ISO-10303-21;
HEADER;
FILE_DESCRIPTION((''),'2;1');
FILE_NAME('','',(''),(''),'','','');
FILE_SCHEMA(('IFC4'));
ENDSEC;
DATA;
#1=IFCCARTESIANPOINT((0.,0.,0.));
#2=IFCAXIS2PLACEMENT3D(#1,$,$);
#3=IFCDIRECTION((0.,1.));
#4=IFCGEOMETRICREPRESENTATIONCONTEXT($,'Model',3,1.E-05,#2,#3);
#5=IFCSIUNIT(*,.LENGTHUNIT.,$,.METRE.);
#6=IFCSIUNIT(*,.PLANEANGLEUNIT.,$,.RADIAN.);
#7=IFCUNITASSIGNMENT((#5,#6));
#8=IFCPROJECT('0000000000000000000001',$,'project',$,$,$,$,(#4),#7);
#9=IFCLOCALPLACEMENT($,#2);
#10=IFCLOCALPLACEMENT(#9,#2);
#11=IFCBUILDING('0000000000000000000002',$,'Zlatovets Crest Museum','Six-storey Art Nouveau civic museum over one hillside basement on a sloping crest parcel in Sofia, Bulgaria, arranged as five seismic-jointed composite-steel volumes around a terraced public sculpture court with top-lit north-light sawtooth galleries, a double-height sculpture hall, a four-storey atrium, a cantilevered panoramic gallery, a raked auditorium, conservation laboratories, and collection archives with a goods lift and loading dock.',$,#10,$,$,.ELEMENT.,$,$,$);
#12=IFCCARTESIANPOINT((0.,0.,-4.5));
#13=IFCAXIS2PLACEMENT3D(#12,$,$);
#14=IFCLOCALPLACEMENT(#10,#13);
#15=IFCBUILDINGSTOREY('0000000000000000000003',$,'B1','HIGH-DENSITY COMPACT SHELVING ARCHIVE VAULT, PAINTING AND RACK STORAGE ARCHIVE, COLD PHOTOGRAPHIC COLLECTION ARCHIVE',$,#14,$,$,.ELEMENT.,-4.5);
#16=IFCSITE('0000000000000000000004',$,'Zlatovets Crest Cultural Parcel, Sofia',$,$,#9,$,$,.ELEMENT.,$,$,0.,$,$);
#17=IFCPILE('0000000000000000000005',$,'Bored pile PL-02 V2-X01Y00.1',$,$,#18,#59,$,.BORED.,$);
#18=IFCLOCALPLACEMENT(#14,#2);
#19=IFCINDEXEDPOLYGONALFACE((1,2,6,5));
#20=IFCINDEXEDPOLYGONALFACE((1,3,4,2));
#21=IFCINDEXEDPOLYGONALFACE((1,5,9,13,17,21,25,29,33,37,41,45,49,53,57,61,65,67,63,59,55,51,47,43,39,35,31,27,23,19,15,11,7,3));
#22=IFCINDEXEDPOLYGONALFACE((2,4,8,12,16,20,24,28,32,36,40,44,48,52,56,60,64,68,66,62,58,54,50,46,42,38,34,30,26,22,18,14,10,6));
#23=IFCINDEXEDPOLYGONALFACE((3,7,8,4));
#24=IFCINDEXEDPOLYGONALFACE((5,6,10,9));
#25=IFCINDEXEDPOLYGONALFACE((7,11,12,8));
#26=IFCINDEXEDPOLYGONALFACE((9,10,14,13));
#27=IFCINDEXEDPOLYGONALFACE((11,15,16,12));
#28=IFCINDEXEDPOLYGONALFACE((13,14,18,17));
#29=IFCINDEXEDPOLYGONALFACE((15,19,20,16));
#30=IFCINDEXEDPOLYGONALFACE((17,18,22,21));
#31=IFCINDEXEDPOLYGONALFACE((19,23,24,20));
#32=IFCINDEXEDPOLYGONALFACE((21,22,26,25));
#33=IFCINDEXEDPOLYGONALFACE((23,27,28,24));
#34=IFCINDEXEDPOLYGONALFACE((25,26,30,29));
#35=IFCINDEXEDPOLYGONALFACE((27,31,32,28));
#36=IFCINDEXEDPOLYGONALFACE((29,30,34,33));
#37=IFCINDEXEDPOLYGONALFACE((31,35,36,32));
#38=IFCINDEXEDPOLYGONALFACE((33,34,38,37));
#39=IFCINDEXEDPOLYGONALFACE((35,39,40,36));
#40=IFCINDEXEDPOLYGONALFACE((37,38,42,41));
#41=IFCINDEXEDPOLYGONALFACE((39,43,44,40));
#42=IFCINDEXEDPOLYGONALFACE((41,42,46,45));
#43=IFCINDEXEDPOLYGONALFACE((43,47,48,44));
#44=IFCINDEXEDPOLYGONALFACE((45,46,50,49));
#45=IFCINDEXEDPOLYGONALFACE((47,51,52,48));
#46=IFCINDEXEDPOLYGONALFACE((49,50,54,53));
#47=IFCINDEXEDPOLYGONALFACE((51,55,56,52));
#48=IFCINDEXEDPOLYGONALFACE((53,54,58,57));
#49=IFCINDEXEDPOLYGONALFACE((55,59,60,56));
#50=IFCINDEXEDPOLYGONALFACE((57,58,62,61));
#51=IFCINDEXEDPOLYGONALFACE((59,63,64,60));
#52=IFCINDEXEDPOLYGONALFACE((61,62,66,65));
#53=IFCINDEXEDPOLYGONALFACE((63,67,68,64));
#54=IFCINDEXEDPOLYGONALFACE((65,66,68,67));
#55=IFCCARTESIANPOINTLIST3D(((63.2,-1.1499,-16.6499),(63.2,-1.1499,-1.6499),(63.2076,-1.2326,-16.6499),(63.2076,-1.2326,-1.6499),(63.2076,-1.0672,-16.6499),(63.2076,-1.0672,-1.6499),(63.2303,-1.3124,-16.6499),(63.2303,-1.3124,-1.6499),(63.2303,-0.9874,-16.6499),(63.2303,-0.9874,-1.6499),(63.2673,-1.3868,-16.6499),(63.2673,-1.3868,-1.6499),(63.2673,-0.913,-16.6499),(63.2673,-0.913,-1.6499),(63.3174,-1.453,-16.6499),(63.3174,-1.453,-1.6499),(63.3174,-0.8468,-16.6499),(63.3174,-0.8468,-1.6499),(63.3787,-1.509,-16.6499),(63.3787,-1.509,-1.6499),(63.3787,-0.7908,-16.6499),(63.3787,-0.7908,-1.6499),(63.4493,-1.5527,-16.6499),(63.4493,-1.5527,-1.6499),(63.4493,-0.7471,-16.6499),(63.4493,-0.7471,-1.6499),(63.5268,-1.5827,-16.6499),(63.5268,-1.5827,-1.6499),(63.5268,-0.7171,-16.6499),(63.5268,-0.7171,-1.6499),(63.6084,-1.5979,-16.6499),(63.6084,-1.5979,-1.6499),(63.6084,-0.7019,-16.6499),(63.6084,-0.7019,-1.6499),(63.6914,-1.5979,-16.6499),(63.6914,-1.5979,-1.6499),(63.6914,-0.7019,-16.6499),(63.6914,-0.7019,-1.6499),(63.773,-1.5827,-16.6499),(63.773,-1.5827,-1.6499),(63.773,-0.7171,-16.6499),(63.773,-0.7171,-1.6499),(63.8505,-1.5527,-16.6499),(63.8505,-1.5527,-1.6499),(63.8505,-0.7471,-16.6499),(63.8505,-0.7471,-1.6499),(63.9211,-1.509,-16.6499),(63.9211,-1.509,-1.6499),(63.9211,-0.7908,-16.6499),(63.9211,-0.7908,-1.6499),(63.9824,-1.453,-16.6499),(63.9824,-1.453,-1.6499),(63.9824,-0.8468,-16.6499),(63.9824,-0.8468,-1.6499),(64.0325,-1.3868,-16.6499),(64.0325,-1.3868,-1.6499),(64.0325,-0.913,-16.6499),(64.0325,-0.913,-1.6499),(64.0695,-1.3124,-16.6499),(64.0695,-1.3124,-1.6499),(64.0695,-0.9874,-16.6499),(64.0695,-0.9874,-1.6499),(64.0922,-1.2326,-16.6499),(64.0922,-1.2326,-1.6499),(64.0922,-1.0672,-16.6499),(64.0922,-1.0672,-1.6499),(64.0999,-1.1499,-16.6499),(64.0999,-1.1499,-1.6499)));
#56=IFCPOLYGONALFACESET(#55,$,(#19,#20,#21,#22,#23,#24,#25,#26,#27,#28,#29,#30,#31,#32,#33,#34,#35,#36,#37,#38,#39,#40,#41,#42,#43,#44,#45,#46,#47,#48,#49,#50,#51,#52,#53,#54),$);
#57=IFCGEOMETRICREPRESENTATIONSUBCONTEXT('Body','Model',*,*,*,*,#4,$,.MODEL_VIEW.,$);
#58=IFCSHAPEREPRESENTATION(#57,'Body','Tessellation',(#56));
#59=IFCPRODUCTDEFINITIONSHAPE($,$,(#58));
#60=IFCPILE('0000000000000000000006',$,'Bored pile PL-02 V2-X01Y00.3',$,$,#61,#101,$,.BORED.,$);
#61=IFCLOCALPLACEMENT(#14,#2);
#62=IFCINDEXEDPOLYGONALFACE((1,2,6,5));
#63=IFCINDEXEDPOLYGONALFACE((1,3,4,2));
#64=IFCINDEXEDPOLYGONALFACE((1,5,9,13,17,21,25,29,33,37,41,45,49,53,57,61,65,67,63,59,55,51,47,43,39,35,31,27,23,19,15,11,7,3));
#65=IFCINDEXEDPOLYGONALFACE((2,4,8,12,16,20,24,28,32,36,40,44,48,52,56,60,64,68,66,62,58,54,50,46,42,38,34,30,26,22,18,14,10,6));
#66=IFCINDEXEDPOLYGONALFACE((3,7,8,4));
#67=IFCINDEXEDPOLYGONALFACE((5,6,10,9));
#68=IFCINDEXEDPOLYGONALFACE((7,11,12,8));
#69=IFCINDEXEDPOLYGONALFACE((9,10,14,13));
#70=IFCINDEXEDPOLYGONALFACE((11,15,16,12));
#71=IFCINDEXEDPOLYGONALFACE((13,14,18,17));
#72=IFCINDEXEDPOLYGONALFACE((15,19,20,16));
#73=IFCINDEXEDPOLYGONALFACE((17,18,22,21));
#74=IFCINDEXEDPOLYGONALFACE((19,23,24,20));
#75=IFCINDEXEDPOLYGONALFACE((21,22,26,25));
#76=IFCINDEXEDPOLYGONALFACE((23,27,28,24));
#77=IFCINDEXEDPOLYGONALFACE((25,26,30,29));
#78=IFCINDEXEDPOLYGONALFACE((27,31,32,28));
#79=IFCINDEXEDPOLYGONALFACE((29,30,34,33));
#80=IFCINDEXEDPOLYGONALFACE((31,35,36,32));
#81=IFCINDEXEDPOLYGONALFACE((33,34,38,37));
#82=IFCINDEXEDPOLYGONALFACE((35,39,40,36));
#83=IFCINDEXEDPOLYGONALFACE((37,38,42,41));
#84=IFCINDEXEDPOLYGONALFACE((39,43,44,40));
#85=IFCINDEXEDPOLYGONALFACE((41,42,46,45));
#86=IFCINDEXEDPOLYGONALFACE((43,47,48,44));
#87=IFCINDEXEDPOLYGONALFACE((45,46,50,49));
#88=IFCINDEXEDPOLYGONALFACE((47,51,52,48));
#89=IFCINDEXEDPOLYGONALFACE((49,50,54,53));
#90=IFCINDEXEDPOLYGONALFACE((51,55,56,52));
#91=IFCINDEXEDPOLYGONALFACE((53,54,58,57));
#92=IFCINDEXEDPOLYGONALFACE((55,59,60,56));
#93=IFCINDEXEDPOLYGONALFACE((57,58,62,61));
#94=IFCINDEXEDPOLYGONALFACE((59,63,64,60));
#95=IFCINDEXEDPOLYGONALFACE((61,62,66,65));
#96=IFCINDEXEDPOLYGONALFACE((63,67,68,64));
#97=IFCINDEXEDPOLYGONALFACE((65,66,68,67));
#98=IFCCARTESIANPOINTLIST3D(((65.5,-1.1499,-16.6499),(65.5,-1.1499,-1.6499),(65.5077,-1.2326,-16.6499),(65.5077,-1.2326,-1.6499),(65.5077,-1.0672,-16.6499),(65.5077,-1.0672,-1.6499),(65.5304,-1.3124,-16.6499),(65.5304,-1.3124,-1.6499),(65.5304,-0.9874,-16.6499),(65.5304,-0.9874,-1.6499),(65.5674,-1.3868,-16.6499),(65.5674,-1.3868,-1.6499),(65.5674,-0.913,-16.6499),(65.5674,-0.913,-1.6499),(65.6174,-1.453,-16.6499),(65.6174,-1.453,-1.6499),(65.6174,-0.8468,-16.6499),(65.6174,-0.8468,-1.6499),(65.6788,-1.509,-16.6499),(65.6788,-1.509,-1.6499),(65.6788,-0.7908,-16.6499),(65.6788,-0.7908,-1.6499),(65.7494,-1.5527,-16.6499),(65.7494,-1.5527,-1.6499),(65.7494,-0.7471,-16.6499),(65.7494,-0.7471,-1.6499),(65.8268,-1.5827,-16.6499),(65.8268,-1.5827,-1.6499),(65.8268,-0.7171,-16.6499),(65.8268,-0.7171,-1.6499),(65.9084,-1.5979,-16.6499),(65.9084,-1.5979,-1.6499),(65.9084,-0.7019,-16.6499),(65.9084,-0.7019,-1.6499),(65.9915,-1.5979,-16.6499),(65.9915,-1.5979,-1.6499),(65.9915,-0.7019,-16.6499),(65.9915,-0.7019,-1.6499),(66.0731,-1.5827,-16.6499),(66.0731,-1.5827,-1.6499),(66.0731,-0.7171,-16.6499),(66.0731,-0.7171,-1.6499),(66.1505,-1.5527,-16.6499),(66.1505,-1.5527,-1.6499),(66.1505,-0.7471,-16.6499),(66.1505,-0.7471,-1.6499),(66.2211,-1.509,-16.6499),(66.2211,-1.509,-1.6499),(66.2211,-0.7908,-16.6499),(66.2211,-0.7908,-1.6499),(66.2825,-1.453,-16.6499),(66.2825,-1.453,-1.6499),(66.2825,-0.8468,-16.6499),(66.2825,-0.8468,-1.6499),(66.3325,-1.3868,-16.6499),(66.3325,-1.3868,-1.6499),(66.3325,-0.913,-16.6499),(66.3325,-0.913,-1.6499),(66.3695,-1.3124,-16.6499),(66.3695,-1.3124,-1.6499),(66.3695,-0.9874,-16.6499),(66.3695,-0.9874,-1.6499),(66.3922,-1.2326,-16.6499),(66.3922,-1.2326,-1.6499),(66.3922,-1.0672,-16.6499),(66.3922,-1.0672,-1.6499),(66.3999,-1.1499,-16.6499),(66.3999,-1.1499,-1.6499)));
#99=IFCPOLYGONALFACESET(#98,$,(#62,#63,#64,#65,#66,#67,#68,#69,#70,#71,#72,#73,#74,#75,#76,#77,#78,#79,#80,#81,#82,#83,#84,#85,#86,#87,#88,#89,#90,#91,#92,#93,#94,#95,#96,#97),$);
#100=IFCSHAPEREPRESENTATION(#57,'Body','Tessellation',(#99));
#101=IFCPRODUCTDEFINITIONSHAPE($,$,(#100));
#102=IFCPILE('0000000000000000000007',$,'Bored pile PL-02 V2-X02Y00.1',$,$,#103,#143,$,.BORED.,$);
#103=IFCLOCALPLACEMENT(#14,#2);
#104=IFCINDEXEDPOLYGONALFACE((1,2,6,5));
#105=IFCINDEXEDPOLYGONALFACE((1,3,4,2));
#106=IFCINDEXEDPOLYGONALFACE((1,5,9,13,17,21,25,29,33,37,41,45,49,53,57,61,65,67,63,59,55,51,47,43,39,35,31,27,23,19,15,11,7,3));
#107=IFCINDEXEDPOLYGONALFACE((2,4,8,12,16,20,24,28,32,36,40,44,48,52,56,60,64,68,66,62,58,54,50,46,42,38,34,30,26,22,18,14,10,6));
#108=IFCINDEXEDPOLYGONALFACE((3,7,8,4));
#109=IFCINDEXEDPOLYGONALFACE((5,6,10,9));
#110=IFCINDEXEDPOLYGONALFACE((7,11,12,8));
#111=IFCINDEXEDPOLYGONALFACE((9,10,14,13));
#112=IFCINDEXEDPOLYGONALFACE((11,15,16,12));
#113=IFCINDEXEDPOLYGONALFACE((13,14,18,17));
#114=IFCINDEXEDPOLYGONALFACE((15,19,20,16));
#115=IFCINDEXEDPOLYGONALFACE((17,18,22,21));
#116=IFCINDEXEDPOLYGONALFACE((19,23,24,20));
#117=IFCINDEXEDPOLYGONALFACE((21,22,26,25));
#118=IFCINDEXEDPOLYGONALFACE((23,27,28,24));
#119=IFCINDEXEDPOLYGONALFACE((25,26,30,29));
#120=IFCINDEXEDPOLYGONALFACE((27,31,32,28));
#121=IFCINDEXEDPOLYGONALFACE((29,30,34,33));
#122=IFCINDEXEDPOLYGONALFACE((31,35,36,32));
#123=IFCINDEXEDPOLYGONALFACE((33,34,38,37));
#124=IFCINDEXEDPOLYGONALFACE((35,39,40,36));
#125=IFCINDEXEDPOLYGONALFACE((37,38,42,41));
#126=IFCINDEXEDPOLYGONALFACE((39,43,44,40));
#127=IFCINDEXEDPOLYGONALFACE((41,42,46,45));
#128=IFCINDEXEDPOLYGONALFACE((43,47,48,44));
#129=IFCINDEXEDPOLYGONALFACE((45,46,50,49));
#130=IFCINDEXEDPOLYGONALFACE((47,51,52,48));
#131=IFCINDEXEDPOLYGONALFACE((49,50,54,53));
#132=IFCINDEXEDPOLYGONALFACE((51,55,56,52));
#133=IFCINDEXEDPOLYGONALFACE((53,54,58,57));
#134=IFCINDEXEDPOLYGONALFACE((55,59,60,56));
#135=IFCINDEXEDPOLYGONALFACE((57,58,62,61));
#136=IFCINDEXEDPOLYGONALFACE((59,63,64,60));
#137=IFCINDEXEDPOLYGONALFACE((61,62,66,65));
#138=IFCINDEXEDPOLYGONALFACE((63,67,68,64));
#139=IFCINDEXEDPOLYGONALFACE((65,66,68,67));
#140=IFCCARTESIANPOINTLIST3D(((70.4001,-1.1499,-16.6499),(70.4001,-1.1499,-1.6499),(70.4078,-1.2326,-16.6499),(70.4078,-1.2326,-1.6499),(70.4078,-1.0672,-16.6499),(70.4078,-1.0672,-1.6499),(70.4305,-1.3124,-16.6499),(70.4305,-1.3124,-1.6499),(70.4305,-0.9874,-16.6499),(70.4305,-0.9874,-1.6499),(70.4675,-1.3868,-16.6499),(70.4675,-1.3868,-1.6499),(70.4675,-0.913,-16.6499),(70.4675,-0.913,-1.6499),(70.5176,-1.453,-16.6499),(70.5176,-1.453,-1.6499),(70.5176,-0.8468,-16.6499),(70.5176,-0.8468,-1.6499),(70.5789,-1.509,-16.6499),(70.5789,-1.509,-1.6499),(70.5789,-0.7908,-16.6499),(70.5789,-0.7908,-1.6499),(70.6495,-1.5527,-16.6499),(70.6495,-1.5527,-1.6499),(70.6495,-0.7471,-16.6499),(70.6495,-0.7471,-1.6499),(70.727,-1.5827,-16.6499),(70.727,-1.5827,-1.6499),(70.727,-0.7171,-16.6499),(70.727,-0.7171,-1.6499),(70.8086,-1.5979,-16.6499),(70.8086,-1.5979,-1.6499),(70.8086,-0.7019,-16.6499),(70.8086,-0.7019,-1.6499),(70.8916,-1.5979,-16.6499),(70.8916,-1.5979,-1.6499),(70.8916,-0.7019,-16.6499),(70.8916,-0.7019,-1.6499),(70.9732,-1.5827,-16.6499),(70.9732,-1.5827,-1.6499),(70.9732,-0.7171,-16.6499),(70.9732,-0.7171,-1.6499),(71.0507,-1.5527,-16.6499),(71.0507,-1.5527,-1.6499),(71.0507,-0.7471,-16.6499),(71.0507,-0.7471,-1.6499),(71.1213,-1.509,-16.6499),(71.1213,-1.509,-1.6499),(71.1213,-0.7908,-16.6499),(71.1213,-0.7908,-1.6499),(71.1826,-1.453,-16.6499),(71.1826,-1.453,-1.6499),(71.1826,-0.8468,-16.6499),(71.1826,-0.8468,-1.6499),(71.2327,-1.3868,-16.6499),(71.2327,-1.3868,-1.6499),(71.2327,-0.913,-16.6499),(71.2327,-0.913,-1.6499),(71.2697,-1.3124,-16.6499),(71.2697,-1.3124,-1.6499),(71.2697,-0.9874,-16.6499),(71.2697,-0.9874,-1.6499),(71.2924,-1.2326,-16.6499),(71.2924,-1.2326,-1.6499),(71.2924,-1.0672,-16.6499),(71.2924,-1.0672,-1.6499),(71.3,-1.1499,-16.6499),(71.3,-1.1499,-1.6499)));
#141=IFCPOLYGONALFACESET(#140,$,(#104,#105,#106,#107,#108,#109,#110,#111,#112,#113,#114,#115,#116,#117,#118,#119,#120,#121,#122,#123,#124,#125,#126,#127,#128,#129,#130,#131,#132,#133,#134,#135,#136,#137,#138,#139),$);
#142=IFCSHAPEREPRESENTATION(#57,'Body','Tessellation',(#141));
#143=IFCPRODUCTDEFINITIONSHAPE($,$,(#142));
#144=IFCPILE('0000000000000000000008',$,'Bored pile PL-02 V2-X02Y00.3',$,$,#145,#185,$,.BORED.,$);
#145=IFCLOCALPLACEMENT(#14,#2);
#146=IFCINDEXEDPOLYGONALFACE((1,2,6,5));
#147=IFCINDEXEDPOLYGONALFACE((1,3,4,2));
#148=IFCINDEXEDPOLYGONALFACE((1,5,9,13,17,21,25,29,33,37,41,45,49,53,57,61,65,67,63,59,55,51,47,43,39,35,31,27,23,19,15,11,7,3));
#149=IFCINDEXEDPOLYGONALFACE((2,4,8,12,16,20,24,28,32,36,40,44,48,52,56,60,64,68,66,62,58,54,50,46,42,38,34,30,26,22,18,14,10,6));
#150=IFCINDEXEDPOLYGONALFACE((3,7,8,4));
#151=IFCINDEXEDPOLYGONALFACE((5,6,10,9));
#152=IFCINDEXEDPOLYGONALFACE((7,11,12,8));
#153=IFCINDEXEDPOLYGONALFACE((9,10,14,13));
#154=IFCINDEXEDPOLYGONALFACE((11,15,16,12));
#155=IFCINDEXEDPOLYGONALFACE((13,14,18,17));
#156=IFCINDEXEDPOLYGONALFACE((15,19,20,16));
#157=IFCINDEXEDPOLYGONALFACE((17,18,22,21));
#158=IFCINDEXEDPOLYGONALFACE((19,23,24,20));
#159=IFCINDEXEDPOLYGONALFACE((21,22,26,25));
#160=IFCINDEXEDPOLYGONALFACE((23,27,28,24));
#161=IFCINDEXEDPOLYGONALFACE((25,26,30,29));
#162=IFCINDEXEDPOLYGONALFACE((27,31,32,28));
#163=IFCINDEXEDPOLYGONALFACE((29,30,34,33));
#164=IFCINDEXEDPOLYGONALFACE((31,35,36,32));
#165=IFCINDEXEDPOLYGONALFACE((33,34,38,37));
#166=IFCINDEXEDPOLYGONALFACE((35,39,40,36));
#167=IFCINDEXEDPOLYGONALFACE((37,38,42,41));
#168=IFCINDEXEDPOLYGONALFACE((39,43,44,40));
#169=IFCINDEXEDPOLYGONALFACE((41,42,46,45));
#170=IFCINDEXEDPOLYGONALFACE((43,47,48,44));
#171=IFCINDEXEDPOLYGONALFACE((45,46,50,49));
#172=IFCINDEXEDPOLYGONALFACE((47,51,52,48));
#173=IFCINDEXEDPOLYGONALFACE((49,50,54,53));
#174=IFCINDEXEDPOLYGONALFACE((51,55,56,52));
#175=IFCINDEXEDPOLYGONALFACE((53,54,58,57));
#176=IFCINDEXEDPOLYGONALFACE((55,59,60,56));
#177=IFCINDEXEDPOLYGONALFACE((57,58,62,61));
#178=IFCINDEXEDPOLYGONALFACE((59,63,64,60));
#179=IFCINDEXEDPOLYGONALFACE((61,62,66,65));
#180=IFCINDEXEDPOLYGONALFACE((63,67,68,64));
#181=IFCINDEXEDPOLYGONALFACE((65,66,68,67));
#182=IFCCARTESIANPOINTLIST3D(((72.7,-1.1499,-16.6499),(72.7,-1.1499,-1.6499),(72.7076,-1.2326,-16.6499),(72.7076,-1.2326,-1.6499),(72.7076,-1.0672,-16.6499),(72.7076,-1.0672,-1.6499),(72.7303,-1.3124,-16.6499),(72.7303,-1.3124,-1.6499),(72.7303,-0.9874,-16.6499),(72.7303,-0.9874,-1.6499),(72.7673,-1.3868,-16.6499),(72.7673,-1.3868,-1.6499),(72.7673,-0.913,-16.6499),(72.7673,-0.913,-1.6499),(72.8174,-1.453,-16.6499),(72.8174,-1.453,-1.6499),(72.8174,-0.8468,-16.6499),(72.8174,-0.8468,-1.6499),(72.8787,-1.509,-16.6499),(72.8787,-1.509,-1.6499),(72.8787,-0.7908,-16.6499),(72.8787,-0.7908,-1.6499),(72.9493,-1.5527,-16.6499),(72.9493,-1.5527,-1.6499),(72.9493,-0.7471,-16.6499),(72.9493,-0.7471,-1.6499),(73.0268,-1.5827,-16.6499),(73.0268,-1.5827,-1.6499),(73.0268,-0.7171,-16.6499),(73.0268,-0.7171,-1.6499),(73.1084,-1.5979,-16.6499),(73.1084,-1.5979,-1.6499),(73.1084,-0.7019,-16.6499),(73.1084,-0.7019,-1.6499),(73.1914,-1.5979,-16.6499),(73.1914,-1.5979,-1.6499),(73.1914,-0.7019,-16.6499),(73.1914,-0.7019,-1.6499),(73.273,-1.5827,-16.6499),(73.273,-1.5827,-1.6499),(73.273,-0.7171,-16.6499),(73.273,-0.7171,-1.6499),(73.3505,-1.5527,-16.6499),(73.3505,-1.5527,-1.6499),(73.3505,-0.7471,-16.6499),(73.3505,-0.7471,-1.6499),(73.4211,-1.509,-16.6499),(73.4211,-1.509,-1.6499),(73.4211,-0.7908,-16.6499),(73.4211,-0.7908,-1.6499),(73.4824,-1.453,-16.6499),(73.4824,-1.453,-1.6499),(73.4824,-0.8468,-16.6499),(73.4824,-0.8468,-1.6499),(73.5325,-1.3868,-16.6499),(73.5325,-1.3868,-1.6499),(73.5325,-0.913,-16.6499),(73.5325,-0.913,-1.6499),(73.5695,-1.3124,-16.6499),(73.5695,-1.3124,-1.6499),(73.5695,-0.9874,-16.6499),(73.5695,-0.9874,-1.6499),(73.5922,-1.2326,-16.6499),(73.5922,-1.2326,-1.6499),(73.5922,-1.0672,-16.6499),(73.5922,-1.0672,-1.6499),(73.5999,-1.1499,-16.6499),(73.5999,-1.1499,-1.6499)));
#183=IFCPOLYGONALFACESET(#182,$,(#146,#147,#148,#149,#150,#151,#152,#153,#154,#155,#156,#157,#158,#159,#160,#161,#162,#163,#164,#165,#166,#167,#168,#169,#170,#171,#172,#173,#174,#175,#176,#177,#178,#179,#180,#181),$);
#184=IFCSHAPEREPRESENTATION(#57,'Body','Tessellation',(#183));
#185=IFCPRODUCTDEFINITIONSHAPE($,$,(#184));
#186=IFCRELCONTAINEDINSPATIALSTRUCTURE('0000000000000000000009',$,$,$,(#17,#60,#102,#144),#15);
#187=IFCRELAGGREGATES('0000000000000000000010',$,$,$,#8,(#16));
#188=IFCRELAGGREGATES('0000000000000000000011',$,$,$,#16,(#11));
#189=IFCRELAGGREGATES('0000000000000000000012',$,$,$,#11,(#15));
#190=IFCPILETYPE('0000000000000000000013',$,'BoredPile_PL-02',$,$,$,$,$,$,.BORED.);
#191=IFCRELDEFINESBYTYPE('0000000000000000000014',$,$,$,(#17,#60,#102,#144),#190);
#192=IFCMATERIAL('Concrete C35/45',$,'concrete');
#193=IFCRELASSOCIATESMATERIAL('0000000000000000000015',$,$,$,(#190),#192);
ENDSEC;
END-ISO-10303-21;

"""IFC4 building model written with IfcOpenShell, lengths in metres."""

from ifc_helpers import new_model, si_unit, direction, frame, origin, origin_2d, place, context, subcontext, project, spatial, circle, extrude, material, material_profile, profile_set, type_object, element, save


model = new_model("IFC4")

# Units and contexts
model_context = context("Model", 3, precision=1e-05, world=origin(), true_north=direction((0.0, 1.0)))
body_context = subcontext(model_context, "Body", "Model", "MODEL_VIEW")
ifc_project = project(units=[si_unit("LENGTHUNIT", "METRE"), si_unit("PLANEANGLEUNIT", "RADIAN")], contexts=[model_context])

# Site, building, storey
site_placement = place(None, origin())
site = spatial("IfcSite", under=ifc_project, at=site_placement, Name="Zlatovets Crest Cultural Parcel, Sofia", CompositionType="ELEMENT", RefElevation=0.0)
building_placement = place(site_placement, origin())
building = spatial("IfcBuilding", under=site, at=building_placement, Name="Zlatovets Crest Museum", Description="Six-storey Art Nouveau civic museum over one hillside basement on a sloping crest parcel in Sofia, Bulgaria, arranged as five seismic-jointed composite-steel volumes around a terraced public sculpture court with top-lit north-light sawtooth galleries, a double-height sculpture hall, a four-storey atrium, a cantilevered panoramic gallery, a raked auditorium, conservation laboratories, and collection archives with a goods lift and loading dock.", CompositionType="ELEMENT")
storey_placement = place(building_placement, frame((0.0, 0.0, -4.5)))
storey = spatial("IfcBuildingStorey", under=building, at=storey_placement, Name="B1", Description="HIGH-DENSITY COMPACT SHELVING ARCHIVE VAULT, PAINTING AND RACK STORAGE ARCHIVE, COLD PHOTOGRAPHIC COLLECTION ARCHIVE", CompositionType="ELEMENT", Elevation=-4.5)

# Piles
ifc_material_1 = material(Name="Concrete C35/45", Category="concrete")
ifc_material_profile_1 = material_profile(ifc_material_1, circle(Radius=0.45, at=origin_2d()), Name="PILE D900")
ifc_profile_set_1 = profile_set([ifc_material_profile_1], Name="Concrete C35/45")
pile_type_1 = type_object("IfcPileType", Name="BoredPile_PL-02", PredefinedType="BORED", material=ifc_profile_set_1)
for number, where, z_axis, x_axis, name in (
    (1, (63.6499, -1.1499, -1.6499), (0.0, 0.0, -1.0), (1.0, 0.0, 0.0), "Bored pile PL-02 V2-X01Y00.1"),
    (2, (65.95, -1.1499, -1.6499), (0.0, 0.0, -1.0), (1.0, 0.0, 0.0), "Bored pile PL-02 V2-X01Y00.3"),
    (3, (70.8501, -1.1499, -1.6499), (0.0, 0.0, -1.0), (1.0, 0.0, 0.0), "Bored pile PL-02 V2-X02Y00.1"),
    (4, (73.1499, -1.1499, -1.6499), (0.0, 0.0, -1.0), (1.0, 0.0, 0.0), "Bored pile PL-02 V2-X02Y00.3"),
):
    element("IfcPile", number, at=place(storey_placement, frame(where, z_axis=z_axis, x_axis=x_axis)), inside=storey, type_object=pile_type_1, Name=name, PredefinedType="BORED", context=body_context, shape_type="SweptSolid", body=[
        extrude(circle(Radius=0.45, at=origin_2d()), origin(), (0.0, 0.0, 1.0), 15.0),
    ])

save(model, "model.ifc")
